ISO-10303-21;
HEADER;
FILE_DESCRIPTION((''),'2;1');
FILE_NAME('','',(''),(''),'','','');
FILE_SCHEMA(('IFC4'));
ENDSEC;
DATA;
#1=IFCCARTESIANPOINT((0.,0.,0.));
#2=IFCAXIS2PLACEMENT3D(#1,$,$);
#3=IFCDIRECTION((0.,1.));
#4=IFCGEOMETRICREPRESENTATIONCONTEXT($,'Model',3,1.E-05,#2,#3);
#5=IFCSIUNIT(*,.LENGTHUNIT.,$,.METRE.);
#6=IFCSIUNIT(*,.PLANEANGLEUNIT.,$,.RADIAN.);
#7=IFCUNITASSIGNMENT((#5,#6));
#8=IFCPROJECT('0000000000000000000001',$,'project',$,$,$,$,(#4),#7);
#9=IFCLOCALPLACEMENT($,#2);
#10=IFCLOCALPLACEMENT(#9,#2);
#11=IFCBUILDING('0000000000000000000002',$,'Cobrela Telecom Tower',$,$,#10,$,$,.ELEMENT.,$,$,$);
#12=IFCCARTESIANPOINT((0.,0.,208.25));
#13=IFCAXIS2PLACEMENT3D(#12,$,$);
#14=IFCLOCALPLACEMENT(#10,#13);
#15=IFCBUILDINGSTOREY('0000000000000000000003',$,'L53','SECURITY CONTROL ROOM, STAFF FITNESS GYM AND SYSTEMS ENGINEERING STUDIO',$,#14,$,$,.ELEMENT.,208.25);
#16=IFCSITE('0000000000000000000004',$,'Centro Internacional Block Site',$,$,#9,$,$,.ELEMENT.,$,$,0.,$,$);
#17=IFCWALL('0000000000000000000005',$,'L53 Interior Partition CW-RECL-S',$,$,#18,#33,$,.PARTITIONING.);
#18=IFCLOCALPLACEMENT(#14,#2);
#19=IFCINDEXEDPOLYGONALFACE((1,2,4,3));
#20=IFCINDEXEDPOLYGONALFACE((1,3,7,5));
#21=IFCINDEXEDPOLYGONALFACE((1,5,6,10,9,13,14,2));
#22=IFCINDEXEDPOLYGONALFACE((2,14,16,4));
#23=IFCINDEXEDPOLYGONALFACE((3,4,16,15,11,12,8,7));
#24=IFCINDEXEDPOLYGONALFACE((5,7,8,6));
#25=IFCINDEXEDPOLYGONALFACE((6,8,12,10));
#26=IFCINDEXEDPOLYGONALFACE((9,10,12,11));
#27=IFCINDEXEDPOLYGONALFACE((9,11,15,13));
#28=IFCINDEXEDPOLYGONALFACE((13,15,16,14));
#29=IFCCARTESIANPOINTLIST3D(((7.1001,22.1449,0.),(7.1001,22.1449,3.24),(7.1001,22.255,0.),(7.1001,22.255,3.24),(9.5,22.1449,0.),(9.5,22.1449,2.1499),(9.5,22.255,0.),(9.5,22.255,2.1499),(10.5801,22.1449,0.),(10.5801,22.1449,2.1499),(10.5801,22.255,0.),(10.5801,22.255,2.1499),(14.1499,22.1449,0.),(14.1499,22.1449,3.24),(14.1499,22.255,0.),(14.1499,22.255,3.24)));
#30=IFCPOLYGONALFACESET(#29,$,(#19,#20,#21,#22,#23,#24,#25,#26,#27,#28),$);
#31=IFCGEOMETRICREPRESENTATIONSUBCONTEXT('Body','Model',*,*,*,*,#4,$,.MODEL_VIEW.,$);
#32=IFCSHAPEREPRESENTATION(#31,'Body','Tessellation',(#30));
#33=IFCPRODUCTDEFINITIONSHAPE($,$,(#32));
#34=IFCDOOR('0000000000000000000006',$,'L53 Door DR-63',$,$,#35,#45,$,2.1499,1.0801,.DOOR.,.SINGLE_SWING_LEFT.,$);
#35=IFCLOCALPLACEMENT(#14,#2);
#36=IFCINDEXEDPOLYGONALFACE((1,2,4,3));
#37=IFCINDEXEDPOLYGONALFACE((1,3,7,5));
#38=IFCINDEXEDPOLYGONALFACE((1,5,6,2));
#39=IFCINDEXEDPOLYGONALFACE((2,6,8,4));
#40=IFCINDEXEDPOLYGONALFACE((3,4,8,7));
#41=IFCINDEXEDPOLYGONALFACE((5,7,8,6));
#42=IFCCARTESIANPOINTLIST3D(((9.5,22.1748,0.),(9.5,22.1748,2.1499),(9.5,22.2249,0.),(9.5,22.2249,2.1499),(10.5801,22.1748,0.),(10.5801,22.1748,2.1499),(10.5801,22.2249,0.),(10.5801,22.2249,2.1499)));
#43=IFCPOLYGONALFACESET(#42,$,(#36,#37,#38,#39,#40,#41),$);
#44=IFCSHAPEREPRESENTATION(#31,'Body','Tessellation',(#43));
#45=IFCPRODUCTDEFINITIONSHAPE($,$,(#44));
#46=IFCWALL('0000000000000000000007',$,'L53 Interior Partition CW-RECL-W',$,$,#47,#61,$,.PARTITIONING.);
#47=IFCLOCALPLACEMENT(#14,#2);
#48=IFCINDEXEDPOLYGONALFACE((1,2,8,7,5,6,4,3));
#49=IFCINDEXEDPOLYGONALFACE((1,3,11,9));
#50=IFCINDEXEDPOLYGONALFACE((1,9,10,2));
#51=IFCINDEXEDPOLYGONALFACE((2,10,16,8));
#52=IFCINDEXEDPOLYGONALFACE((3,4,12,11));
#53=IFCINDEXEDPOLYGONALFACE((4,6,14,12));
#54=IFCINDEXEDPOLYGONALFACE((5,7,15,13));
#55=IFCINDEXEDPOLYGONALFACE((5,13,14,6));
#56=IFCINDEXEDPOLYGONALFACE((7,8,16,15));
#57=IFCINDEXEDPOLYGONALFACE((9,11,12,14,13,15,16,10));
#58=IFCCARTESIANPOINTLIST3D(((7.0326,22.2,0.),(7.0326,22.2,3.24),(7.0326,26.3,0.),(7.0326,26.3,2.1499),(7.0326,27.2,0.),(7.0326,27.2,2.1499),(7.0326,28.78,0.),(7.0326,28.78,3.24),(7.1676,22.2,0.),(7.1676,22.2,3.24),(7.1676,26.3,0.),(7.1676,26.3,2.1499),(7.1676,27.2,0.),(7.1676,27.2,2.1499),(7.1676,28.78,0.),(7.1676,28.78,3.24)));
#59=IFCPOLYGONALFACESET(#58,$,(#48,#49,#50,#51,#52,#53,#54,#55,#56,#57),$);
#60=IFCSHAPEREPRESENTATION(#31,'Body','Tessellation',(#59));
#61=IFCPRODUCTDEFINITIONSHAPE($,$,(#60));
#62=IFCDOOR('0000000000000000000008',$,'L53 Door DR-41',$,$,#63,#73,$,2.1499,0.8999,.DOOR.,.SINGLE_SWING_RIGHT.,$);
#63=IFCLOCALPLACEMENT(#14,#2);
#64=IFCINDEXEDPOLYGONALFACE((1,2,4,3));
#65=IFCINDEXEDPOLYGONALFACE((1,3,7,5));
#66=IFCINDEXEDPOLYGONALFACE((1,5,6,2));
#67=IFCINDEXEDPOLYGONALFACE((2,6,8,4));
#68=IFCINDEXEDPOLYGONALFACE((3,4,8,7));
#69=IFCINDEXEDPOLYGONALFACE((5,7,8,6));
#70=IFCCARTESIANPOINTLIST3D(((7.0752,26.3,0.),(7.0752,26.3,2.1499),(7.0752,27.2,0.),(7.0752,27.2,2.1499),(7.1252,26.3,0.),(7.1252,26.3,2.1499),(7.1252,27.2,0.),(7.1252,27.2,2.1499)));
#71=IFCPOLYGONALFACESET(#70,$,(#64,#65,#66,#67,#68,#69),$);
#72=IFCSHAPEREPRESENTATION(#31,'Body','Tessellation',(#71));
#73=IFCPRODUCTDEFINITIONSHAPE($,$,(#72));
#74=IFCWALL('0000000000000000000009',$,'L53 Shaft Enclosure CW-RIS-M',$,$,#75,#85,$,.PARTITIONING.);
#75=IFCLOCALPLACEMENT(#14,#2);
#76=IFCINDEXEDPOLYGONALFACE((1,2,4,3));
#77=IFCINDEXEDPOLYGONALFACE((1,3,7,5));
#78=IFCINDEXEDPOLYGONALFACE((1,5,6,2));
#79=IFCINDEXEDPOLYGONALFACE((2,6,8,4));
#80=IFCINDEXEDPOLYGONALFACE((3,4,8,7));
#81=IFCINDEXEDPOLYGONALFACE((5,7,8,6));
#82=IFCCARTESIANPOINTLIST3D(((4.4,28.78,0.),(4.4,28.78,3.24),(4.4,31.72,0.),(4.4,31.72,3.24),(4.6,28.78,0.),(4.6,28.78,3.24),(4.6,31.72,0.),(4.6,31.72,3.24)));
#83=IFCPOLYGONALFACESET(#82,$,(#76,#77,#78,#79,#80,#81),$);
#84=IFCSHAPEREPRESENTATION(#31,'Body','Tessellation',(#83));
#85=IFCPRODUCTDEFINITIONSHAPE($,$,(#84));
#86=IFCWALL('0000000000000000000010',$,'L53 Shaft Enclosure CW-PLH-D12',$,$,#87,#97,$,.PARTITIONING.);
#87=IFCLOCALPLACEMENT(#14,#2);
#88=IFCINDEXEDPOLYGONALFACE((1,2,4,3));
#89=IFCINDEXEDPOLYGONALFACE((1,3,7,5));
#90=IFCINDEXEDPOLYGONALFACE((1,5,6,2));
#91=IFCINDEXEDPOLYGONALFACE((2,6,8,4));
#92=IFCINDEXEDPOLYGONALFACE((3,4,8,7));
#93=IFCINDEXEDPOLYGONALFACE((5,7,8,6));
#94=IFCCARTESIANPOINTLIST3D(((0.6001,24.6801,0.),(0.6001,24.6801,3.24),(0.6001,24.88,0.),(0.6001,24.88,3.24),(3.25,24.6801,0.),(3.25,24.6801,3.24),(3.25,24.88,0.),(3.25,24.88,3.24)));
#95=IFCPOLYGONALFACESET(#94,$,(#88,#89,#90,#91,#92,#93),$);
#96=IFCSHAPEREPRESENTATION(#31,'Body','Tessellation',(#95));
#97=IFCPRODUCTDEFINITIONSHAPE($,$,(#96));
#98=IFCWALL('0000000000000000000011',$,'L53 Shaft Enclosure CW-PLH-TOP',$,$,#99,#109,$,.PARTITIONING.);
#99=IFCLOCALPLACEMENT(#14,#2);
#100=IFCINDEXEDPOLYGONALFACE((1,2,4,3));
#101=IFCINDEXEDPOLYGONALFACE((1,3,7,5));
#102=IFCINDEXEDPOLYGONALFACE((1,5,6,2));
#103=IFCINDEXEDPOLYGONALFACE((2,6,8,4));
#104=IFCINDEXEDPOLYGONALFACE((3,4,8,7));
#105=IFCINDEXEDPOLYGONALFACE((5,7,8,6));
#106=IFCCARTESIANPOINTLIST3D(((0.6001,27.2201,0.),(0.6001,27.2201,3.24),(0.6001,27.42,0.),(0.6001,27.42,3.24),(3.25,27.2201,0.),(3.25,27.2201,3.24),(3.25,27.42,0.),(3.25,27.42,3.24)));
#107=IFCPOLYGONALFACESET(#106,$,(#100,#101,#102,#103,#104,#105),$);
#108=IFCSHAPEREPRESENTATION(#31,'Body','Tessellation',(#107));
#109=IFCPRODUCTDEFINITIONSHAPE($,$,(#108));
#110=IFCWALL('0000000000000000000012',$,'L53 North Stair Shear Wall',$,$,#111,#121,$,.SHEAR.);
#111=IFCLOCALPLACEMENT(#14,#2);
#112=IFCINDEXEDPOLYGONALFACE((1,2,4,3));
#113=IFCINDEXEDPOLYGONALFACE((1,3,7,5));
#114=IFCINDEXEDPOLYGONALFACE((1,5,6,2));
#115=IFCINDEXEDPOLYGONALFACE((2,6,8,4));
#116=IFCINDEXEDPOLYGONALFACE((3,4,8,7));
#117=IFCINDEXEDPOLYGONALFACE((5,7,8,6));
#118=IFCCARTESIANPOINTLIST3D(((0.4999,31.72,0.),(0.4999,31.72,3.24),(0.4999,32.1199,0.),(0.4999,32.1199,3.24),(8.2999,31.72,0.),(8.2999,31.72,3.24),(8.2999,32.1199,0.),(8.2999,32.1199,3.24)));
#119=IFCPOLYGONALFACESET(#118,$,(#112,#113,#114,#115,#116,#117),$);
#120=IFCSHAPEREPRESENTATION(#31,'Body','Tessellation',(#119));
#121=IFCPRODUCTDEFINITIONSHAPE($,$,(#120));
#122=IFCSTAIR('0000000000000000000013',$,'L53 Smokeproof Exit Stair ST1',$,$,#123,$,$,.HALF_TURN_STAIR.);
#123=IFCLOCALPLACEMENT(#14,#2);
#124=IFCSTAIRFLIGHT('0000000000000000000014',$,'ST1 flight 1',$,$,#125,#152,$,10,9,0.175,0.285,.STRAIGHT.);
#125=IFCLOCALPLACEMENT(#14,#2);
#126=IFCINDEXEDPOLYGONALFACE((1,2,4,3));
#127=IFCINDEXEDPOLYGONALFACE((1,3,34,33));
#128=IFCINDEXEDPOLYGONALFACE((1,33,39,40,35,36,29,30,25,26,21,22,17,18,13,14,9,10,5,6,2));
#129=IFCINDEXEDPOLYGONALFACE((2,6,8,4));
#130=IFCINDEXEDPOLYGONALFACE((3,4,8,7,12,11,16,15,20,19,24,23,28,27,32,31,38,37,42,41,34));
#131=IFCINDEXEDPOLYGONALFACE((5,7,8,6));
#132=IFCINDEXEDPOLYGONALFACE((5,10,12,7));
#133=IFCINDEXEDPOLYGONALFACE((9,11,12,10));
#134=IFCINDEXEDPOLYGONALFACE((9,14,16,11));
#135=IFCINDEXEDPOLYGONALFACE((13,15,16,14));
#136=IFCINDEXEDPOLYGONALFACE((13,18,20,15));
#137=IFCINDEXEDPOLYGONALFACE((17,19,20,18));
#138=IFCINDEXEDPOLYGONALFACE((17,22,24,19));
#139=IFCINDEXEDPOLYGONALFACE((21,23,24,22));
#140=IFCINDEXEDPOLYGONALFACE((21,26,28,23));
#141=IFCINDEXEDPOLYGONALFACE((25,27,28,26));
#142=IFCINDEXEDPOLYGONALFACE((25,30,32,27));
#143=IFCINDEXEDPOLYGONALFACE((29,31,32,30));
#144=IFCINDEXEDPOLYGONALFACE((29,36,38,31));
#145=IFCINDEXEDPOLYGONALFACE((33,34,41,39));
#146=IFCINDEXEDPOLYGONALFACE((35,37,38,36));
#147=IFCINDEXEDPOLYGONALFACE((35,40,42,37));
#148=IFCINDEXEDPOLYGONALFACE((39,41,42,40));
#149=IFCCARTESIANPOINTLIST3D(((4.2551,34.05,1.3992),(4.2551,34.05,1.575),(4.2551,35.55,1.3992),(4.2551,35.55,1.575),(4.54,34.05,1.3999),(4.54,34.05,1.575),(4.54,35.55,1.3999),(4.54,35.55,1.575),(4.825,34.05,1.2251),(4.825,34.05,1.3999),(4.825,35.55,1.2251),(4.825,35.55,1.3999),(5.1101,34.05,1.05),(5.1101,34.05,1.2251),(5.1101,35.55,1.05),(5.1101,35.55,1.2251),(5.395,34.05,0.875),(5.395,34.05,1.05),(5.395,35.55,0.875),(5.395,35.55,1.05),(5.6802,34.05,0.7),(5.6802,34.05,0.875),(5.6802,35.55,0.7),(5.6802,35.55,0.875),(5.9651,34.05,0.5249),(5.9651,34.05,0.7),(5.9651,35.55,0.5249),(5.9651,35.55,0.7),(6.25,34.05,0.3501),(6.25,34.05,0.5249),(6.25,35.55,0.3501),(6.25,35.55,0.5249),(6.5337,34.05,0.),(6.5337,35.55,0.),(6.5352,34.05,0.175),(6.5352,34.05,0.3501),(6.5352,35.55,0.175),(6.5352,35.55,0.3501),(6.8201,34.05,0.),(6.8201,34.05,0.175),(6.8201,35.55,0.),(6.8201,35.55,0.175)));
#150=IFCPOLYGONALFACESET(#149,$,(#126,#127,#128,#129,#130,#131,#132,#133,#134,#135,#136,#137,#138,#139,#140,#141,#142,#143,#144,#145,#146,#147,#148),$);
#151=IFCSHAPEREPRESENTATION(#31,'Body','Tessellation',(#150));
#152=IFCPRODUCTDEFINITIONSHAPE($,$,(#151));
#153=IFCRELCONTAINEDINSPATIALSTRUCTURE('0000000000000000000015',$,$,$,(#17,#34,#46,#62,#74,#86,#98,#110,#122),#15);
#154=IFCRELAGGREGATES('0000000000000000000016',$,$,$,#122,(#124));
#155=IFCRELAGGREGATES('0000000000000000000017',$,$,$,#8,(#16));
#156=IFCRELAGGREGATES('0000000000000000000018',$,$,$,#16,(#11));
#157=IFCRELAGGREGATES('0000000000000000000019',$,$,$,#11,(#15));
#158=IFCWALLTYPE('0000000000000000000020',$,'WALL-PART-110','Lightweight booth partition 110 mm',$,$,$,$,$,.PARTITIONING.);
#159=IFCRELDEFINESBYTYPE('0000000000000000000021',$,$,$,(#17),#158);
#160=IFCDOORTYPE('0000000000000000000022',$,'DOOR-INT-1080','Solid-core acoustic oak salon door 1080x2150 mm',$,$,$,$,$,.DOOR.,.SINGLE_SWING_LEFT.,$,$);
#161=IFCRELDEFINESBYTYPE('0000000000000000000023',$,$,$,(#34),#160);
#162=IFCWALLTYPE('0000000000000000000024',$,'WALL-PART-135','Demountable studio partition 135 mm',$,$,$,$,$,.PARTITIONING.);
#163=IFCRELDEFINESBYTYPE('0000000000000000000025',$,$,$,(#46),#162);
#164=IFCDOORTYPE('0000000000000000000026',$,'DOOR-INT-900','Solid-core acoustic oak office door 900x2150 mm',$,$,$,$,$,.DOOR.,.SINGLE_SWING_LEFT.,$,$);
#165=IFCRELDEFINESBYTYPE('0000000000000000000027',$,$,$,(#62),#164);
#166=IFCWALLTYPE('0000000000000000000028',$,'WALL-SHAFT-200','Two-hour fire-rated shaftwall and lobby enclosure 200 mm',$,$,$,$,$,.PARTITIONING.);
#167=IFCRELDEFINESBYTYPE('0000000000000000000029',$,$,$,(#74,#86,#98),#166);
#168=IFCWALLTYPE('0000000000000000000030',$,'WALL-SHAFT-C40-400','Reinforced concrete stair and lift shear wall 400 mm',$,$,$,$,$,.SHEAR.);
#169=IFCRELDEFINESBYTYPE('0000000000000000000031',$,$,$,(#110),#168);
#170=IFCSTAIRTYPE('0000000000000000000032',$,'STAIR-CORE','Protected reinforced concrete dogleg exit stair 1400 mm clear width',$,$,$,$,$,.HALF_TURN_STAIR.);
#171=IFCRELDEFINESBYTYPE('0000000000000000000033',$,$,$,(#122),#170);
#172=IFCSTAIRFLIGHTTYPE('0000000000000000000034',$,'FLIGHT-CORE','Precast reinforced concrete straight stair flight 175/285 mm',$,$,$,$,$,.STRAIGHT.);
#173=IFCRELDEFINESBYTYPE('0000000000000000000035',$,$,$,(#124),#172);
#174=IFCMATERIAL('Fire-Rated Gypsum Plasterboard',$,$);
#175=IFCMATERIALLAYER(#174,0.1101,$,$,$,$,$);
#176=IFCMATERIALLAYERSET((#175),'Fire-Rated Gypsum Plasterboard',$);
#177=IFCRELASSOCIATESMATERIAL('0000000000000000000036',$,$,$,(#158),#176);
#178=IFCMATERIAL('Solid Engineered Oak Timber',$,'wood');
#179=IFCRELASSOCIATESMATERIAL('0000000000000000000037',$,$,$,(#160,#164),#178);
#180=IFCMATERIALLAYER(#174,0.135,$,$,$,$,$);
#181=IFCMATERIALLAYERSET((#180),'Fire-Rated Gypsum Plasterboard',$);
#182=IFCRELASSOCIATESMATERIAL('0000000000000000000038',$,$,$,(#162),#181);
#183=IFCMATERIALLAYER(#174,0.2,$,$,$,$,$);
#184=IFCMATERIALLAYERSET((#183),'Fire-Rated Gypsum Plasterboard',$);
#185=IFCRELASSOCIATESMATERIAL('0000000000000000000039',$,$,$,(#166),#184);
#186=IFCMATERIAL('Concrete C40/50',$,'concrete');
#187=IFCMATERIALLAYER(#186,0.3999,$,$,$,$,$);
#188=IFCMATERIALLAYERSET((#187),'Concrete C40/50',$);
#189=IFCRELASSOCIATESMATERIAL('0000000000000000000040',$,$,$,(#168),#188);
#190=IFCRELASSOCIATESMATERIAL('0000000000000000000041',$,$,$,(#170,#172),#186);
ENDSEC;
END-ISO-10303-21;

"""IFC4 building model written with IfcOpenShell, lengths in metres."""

from ifc_helpers import new_model, si_unit, direction, frame, frame_2d, origin, place, context, subcontext, project, spatial, polyline, rectangle, outline, extrude, material, layer, layer_set, type_object, element, fill, aggregate, save


model = new_model("IFC4")

# Units and contexts
model_context = context("Model", 3, precision=1e-05, world=origin(), true_north=direction((0.0, 1.0)))
body_context = subcontext(model_context, "Body", "Model", "MODEL_VIEW")
ifc_project = project(units=[si_unit("LENGTHUNIT", "METRE"), si_unit("PLANEANGLEUNIT", "RADIAN")], contexts=[model_context])

# Site, building, storey
site_placement = place(None, origin())
site = spatial("IfcSite", under=ifc_project, at=site_placement, Name="Centro Internacional Block Site", CompositionType="ELEMENT", RefElevation=0.0)
building_placement = place(site_placement, origin())
building = spatial("IfcBuilding", under=site, at=building_placement, Name="Cobrela Telecom Tower", CompositionType="ELEMENT")
storey_placement = place(building_placement, frame((0.0, 0.0, 208.25)))
storey = spatial("IfcBuildingStorey", under=building, at=storey_placement, Name="L53", Description="SECURITY CONTROL ROOM, STAFF FITNESS GYM AND SYSTEMS ENGINEERING STUDIO", CompositionType="ELEMENT", Elevation=208.25)

# Walls, openings, doors
ifc_material_1 = material(Name="Fire-Rated Gypsum Plasterboard")
ifc_layer_1 = layer(ifc_material_1, 0.1101)
ifc_layer_set_1 = layer_set([ifc_layer_1], Name="Fire-Rated Gypsum Plasterboard")
wall_type_1 = type_object("IfcWallType", Name="WALL-PART-110", Description="Lightweight booth partition 110 mm", PredefinedType="PARTITIONING", material=ifc_layer_set_1)
wall_1_placement = place(storey_placement, frame((7.1001, 22.2, 0.0), z_axis=(0.0, 0.0, 1.0), x_axis=(1.0, 0.0, 0.0)))
wall_1 = element("IfcWall", 1, at=wall_1_placement, inside=storey, type_object=wall_type_1, Name="L53 Interior Partition CW-RECL-S", PredefinedType="PARTITIONING", context=body_context, shape_type="SweptSolid", body=[
    extrude(rectangle(XDim=7.0498, YDim=0.1101, at=frame_2d((3.5249, 0.0))), origin(), (0.0, 0.0, 1.0), 3.24),
])
opening_1_placement = place(wall_1_placement, frame((2.3999, 0.0, 0.0)))
opening_1 = element("IfcOpeningElement", 2, at=opening_1_placement, cuts=wall_1, PredefinedType="OPENING", context=body_context, shape_type="SweptSolid", body=[
    extrude(rectangle(XDim=1.0801, YDim=2.1499, at=frame_2d((0.54, 1.075))), frame((0.0, 0.0669, 0.0), z_axis=(0.0, -1.0, 0.0), x_axis=(1.0, 0.0, 0.0)), (0.0, 0.0, 1.0), 0.134),
])
ifc_material_2 = material(Name="Solid Engineered Oak Timber", Category="wood")
door_type_1 = type_object("IfcDoorType", Name="DOOR-INT-1080", Description="Solid-core acoustic oak salon door 1080x2150 mm", OperationType="SINGLE_SWING_LEFT", PredefinedType="DOOR", material=ifc_material_2)
door_1_placement = place(opening_1_placement, origin())
door_1 = element("IfcDoor", 3, at=door_1_placement, inside=storey, type_object=door_type_1, Name="L53 Door DR-63", OperationType="SINGLE_SWING_LEFT", OverallHeight=2.1499, OverallWidth=1.0801, PredefinedType="DOOR", context=body_context, shape_type="SweptSolid", body=[
    extrude(rectangle(XDim=1.0801, YDim=2.1499, at=frame_2d((0.54, 1.075))), frame((0.0, 0.0249, 0.0), z_axis=(0.0, -1.0, 0.0), x_axis=(1.0, 0.0, 0.0)), (0.0, 0.0, 1.0), 0.05),
])
fill(opening_1, door_1)
ifc_layer_2 = layer(ifc_material_1, 0.135)
ifc_layer_set_2 = layer_set([ifc_layer_2], Name="Fire-Rated Gypsum Plasterboard")
wall_type_2 = type_object("IfcWallType", Name="WALL-PART-135", Description="Demountable studio partition 135 mm", PredefinedType="PARTITIONING", material=ifc_layer_set_2)
wall_2_placement = place(storey_placement, frame((7.1001, 22.2, 0.0), z_axis=(0.0, 0.0, 1.0), x_axis=(0.0, 1.0, 0.0)))
wall_2 = element("IfcWall", 4, at=wall_2_placement, inside=storey, type_object=wall_type_2, Name="L53 Interior Partition CW-RECL-W", PredefinedType="PARTITIONING", context=body_context, shape_type="SweptSolid", body=[
    extrude(rectangle(XDim=6.5801, YDim=0.135, at=frame_2d((3.29, 0.0))), origin(), (0.0, 0.0, 1.0), 3.24),
])
opening_2_placement = place(wall_2_placement, frame((4.1001, 0.0, 0.0)))
opening_2 = element("IfcOpeningElement", 5, at=opening_2_placement, cuts=wall_2, PredefinedType="OPENING", context=body_context, shape_type="SweptSolid", body=[
    extrude(rectangle(XDim=0.8999, YDim=2.1499, at=frame_2d((0.45, 1.075))), frame((0.0, 0.0796, 0.0), z_axis=(0.0, -1.0, 0.0), x_axis=(1.0, 0.0, 0.0)), (0.0, 0.0, 1.0), 0.1589),
])
door_type_2 = type_object("IfcDoorType", Name="DOOR-INT-900", Description="Solid-core acoustic oak office door 900x2150 mm", OperationType="SINGLE_SWING_LEFT", PredefinedType="DOOR", material=ifc_material_2)
door_2_placement = place(opening_2_placement, origin())
door_2 = element("IfcDoor", 6, at=door_2_placement, inside=storey, type_object=door_type_2, Name="L53 Door DR-41", OperationType="SINGLE_SWING_RIGHT", OverallHeight=2.1499, OverallWidth=0.8999, PredefinedType="DOOR", context=body_context, shape_type="SweptSolid", body=[
    extrude(rectangle(XDim=0.8999, YDim=2.1499, at=frame_2d((0.45, 1.075))), frame((0.0, 0.0249, 0.0), z_axis=(0.0, -1.0, 0.0), x_axis=(1.0, 0.0, 0.0)), (0.0, 0.0, 1.0), 0.05),
])
fill(opening_2, door_2)

# Shared definitions
ifc_layer_3 = layer(ifc_material_1, 0.2)
ifc_layer_set_3 = layer_set([ifc_layer_3], Name="Fire-Rated Gypsum Plasterboard")
wall_type_3 = type_object("IfcWallType", Name="WALL-SHAFT-200", Description="Two-hour fire-rated shaftwall and lobby enclosure 200 mm", PredefinedType="PARTITIONING", material=ifc_layer_set_3)

# Walls
wall_3_placement = place(storey_placement, frame((4.5, 28.78, 0.0), z_axis=(0.0, 0.0, 1.0), x_axis=(0.0, 1.0, 0.0)))
element("IfcWall", 7, at=wall_3_placement, inside=storey, type_object=wall_type_3, Name="L53 Shaft Enclosure CW-RIS-M", PredefinedType="PARTITIONING", context=body_context, shape_type="SweptSolid", body=[
    extrude(rectangle(XDim=2.9399, YDim=0.2, at=frame_2d((1.47, 0.0))), origin(), (0.0, 0.0, 1.0), 3.24),
])
for number, where, z_axis, x_axis, name in (
    (8, (0.6001, 24.78, 0.0), (0.0, 0.0, 1.0), (1.0, 0.0, 0.0), "L53 Shaft Enclosure CW-PLH-D12"),
    (9, (0.6001, 27.3201, 0.0), (0.0, 0.0, 1.0), (1.0, 0.0, 0.0), "L53 Shaft Enclosure CW-PLH-TOP"),
):
    element("IfcWall", number, at=place(storey_placement, frame(where, z_axis=z_axis, x_axis=x_axis)), inside=storey, type_object=wall_type_3, Name=name, PredefinedType="PARTITIONING", context=body_context, shape_type="SweptSolid", body=[
        extrude(rectangle(XDim=2.6499, YDim=0.2, at=frame_2d((1.325, 0.0))), origin(), (0.0, 0.0, 1.0), 3.24),
    ])
ifc_material_3 = material(Name="Concrete C40/50", Category="concrete")
ifc_layer_4 = layer(ifc_material_3, 0.3999)
ifc_layer_set_4 = layer_set([ifc_layer_4], Name="Concrete C40/50")
wall_type_4 = type_object("IfcWallType", Name="WALL-SHAFT-C40-400", Description="Reinforced concrete stair and lift shear wall 400 mm", PredefinedType="SHEAR", material=ifc_layer_set_4)
wall_4_placement = place(storey_placement, frame((0.5, 31.9199, 0.0), z_axis=(0.0, 0.0, 1.0), x_axis=(1.0, 0.0, 0.0)))
element("IfcWall", 10, at=wall_4_placement, inside=storey, type_object=wall_type_4, Name="L53 North Stair Shear Wall", PredefinedType="SHEAR", context=body_context, shape_type="SweptSolid", body=[
    extrude(rectangle(XDim=7.8, YDim=0.3999, at=frame_2d((3.8999, 0.0))), origin(), (0.0, 0.0, 1.0), 3.24),
])

# Stair, stair flight
stair_type = type_object("IfcStairType", Name="STAIR-CORE", Description="Protected reinforced concrete dogleg exit stair 1400 mm clear width", PredefinedType="HALF_TURN_STAIR", material=ifc_material_3)
stair_placement = place(storey_placement, origin())
stair = element("IfcStair", 11, at=stair_placement, inside=storey, type_object=stair_type, Name="L53 Smokeproof Exit Stair ST1", PredefinedType="HALF_TURN_STAIR")
stair_flight_type = type_object("IfcStairFlightType", Name="FLIGHT-CORE", Description="Precast reinforced concrete straight stair flight 175/285 mm", PredefinedType="STRAIGHT", material=ifc_material_3)
stair_flight_1_placement = place(storey_placement, frame((6.8201, 34.8, 0.0), z_axis=(0.0, 0.0, 1.0), x_axis=(-1.0, 0.0, 0.0)))
stair_flight_1 = element("IfcStairFlight", 12, at=stair_flight_1_placement, type_object=stair_flight_type, Name="ST1 flight 1", NumberOfRisers=10, NumberOfTreads=9, PredefinedType="STRAIGHT", RiserHeight=0.175, TreadLength=0.285, context=body_context, shape_type="SweptSolid", body=[
    extrude(outline(polyline([(0.0, 0.0), (0.0, 0.175), (0.2849, 0.175), (0.2849, 0.3501), (0.5701, 0.3501), (0.5701, 0.5249), (0.855, 0.5249), (0.855, 0.7), (1.1399, 0.7), (1.1399, 0.875), (1.425, 0.875), (1.425, 1.05), (1.71, 1.05), (1.71, 1.2251), (1.9951, 1.2251), (1.9951, 1.3999), (2.28, 1.3999), (2.28, 1.575), (2.5649, 1.575), (2.5649, 1.75), (2.5649, 1.3992), (0.2864, 0.0), (0.0, 0.0)])), frame((0.0, 0.75, 0.0), z_axis=(0.0, -1.0, 0.0), x_axis=(1.0, 0.0, 0.0)), (0.0, 0.0, 1.0), 1.5),
])
aggregate(stair, [stair_flight_1])

save(model, "model.ifc")
